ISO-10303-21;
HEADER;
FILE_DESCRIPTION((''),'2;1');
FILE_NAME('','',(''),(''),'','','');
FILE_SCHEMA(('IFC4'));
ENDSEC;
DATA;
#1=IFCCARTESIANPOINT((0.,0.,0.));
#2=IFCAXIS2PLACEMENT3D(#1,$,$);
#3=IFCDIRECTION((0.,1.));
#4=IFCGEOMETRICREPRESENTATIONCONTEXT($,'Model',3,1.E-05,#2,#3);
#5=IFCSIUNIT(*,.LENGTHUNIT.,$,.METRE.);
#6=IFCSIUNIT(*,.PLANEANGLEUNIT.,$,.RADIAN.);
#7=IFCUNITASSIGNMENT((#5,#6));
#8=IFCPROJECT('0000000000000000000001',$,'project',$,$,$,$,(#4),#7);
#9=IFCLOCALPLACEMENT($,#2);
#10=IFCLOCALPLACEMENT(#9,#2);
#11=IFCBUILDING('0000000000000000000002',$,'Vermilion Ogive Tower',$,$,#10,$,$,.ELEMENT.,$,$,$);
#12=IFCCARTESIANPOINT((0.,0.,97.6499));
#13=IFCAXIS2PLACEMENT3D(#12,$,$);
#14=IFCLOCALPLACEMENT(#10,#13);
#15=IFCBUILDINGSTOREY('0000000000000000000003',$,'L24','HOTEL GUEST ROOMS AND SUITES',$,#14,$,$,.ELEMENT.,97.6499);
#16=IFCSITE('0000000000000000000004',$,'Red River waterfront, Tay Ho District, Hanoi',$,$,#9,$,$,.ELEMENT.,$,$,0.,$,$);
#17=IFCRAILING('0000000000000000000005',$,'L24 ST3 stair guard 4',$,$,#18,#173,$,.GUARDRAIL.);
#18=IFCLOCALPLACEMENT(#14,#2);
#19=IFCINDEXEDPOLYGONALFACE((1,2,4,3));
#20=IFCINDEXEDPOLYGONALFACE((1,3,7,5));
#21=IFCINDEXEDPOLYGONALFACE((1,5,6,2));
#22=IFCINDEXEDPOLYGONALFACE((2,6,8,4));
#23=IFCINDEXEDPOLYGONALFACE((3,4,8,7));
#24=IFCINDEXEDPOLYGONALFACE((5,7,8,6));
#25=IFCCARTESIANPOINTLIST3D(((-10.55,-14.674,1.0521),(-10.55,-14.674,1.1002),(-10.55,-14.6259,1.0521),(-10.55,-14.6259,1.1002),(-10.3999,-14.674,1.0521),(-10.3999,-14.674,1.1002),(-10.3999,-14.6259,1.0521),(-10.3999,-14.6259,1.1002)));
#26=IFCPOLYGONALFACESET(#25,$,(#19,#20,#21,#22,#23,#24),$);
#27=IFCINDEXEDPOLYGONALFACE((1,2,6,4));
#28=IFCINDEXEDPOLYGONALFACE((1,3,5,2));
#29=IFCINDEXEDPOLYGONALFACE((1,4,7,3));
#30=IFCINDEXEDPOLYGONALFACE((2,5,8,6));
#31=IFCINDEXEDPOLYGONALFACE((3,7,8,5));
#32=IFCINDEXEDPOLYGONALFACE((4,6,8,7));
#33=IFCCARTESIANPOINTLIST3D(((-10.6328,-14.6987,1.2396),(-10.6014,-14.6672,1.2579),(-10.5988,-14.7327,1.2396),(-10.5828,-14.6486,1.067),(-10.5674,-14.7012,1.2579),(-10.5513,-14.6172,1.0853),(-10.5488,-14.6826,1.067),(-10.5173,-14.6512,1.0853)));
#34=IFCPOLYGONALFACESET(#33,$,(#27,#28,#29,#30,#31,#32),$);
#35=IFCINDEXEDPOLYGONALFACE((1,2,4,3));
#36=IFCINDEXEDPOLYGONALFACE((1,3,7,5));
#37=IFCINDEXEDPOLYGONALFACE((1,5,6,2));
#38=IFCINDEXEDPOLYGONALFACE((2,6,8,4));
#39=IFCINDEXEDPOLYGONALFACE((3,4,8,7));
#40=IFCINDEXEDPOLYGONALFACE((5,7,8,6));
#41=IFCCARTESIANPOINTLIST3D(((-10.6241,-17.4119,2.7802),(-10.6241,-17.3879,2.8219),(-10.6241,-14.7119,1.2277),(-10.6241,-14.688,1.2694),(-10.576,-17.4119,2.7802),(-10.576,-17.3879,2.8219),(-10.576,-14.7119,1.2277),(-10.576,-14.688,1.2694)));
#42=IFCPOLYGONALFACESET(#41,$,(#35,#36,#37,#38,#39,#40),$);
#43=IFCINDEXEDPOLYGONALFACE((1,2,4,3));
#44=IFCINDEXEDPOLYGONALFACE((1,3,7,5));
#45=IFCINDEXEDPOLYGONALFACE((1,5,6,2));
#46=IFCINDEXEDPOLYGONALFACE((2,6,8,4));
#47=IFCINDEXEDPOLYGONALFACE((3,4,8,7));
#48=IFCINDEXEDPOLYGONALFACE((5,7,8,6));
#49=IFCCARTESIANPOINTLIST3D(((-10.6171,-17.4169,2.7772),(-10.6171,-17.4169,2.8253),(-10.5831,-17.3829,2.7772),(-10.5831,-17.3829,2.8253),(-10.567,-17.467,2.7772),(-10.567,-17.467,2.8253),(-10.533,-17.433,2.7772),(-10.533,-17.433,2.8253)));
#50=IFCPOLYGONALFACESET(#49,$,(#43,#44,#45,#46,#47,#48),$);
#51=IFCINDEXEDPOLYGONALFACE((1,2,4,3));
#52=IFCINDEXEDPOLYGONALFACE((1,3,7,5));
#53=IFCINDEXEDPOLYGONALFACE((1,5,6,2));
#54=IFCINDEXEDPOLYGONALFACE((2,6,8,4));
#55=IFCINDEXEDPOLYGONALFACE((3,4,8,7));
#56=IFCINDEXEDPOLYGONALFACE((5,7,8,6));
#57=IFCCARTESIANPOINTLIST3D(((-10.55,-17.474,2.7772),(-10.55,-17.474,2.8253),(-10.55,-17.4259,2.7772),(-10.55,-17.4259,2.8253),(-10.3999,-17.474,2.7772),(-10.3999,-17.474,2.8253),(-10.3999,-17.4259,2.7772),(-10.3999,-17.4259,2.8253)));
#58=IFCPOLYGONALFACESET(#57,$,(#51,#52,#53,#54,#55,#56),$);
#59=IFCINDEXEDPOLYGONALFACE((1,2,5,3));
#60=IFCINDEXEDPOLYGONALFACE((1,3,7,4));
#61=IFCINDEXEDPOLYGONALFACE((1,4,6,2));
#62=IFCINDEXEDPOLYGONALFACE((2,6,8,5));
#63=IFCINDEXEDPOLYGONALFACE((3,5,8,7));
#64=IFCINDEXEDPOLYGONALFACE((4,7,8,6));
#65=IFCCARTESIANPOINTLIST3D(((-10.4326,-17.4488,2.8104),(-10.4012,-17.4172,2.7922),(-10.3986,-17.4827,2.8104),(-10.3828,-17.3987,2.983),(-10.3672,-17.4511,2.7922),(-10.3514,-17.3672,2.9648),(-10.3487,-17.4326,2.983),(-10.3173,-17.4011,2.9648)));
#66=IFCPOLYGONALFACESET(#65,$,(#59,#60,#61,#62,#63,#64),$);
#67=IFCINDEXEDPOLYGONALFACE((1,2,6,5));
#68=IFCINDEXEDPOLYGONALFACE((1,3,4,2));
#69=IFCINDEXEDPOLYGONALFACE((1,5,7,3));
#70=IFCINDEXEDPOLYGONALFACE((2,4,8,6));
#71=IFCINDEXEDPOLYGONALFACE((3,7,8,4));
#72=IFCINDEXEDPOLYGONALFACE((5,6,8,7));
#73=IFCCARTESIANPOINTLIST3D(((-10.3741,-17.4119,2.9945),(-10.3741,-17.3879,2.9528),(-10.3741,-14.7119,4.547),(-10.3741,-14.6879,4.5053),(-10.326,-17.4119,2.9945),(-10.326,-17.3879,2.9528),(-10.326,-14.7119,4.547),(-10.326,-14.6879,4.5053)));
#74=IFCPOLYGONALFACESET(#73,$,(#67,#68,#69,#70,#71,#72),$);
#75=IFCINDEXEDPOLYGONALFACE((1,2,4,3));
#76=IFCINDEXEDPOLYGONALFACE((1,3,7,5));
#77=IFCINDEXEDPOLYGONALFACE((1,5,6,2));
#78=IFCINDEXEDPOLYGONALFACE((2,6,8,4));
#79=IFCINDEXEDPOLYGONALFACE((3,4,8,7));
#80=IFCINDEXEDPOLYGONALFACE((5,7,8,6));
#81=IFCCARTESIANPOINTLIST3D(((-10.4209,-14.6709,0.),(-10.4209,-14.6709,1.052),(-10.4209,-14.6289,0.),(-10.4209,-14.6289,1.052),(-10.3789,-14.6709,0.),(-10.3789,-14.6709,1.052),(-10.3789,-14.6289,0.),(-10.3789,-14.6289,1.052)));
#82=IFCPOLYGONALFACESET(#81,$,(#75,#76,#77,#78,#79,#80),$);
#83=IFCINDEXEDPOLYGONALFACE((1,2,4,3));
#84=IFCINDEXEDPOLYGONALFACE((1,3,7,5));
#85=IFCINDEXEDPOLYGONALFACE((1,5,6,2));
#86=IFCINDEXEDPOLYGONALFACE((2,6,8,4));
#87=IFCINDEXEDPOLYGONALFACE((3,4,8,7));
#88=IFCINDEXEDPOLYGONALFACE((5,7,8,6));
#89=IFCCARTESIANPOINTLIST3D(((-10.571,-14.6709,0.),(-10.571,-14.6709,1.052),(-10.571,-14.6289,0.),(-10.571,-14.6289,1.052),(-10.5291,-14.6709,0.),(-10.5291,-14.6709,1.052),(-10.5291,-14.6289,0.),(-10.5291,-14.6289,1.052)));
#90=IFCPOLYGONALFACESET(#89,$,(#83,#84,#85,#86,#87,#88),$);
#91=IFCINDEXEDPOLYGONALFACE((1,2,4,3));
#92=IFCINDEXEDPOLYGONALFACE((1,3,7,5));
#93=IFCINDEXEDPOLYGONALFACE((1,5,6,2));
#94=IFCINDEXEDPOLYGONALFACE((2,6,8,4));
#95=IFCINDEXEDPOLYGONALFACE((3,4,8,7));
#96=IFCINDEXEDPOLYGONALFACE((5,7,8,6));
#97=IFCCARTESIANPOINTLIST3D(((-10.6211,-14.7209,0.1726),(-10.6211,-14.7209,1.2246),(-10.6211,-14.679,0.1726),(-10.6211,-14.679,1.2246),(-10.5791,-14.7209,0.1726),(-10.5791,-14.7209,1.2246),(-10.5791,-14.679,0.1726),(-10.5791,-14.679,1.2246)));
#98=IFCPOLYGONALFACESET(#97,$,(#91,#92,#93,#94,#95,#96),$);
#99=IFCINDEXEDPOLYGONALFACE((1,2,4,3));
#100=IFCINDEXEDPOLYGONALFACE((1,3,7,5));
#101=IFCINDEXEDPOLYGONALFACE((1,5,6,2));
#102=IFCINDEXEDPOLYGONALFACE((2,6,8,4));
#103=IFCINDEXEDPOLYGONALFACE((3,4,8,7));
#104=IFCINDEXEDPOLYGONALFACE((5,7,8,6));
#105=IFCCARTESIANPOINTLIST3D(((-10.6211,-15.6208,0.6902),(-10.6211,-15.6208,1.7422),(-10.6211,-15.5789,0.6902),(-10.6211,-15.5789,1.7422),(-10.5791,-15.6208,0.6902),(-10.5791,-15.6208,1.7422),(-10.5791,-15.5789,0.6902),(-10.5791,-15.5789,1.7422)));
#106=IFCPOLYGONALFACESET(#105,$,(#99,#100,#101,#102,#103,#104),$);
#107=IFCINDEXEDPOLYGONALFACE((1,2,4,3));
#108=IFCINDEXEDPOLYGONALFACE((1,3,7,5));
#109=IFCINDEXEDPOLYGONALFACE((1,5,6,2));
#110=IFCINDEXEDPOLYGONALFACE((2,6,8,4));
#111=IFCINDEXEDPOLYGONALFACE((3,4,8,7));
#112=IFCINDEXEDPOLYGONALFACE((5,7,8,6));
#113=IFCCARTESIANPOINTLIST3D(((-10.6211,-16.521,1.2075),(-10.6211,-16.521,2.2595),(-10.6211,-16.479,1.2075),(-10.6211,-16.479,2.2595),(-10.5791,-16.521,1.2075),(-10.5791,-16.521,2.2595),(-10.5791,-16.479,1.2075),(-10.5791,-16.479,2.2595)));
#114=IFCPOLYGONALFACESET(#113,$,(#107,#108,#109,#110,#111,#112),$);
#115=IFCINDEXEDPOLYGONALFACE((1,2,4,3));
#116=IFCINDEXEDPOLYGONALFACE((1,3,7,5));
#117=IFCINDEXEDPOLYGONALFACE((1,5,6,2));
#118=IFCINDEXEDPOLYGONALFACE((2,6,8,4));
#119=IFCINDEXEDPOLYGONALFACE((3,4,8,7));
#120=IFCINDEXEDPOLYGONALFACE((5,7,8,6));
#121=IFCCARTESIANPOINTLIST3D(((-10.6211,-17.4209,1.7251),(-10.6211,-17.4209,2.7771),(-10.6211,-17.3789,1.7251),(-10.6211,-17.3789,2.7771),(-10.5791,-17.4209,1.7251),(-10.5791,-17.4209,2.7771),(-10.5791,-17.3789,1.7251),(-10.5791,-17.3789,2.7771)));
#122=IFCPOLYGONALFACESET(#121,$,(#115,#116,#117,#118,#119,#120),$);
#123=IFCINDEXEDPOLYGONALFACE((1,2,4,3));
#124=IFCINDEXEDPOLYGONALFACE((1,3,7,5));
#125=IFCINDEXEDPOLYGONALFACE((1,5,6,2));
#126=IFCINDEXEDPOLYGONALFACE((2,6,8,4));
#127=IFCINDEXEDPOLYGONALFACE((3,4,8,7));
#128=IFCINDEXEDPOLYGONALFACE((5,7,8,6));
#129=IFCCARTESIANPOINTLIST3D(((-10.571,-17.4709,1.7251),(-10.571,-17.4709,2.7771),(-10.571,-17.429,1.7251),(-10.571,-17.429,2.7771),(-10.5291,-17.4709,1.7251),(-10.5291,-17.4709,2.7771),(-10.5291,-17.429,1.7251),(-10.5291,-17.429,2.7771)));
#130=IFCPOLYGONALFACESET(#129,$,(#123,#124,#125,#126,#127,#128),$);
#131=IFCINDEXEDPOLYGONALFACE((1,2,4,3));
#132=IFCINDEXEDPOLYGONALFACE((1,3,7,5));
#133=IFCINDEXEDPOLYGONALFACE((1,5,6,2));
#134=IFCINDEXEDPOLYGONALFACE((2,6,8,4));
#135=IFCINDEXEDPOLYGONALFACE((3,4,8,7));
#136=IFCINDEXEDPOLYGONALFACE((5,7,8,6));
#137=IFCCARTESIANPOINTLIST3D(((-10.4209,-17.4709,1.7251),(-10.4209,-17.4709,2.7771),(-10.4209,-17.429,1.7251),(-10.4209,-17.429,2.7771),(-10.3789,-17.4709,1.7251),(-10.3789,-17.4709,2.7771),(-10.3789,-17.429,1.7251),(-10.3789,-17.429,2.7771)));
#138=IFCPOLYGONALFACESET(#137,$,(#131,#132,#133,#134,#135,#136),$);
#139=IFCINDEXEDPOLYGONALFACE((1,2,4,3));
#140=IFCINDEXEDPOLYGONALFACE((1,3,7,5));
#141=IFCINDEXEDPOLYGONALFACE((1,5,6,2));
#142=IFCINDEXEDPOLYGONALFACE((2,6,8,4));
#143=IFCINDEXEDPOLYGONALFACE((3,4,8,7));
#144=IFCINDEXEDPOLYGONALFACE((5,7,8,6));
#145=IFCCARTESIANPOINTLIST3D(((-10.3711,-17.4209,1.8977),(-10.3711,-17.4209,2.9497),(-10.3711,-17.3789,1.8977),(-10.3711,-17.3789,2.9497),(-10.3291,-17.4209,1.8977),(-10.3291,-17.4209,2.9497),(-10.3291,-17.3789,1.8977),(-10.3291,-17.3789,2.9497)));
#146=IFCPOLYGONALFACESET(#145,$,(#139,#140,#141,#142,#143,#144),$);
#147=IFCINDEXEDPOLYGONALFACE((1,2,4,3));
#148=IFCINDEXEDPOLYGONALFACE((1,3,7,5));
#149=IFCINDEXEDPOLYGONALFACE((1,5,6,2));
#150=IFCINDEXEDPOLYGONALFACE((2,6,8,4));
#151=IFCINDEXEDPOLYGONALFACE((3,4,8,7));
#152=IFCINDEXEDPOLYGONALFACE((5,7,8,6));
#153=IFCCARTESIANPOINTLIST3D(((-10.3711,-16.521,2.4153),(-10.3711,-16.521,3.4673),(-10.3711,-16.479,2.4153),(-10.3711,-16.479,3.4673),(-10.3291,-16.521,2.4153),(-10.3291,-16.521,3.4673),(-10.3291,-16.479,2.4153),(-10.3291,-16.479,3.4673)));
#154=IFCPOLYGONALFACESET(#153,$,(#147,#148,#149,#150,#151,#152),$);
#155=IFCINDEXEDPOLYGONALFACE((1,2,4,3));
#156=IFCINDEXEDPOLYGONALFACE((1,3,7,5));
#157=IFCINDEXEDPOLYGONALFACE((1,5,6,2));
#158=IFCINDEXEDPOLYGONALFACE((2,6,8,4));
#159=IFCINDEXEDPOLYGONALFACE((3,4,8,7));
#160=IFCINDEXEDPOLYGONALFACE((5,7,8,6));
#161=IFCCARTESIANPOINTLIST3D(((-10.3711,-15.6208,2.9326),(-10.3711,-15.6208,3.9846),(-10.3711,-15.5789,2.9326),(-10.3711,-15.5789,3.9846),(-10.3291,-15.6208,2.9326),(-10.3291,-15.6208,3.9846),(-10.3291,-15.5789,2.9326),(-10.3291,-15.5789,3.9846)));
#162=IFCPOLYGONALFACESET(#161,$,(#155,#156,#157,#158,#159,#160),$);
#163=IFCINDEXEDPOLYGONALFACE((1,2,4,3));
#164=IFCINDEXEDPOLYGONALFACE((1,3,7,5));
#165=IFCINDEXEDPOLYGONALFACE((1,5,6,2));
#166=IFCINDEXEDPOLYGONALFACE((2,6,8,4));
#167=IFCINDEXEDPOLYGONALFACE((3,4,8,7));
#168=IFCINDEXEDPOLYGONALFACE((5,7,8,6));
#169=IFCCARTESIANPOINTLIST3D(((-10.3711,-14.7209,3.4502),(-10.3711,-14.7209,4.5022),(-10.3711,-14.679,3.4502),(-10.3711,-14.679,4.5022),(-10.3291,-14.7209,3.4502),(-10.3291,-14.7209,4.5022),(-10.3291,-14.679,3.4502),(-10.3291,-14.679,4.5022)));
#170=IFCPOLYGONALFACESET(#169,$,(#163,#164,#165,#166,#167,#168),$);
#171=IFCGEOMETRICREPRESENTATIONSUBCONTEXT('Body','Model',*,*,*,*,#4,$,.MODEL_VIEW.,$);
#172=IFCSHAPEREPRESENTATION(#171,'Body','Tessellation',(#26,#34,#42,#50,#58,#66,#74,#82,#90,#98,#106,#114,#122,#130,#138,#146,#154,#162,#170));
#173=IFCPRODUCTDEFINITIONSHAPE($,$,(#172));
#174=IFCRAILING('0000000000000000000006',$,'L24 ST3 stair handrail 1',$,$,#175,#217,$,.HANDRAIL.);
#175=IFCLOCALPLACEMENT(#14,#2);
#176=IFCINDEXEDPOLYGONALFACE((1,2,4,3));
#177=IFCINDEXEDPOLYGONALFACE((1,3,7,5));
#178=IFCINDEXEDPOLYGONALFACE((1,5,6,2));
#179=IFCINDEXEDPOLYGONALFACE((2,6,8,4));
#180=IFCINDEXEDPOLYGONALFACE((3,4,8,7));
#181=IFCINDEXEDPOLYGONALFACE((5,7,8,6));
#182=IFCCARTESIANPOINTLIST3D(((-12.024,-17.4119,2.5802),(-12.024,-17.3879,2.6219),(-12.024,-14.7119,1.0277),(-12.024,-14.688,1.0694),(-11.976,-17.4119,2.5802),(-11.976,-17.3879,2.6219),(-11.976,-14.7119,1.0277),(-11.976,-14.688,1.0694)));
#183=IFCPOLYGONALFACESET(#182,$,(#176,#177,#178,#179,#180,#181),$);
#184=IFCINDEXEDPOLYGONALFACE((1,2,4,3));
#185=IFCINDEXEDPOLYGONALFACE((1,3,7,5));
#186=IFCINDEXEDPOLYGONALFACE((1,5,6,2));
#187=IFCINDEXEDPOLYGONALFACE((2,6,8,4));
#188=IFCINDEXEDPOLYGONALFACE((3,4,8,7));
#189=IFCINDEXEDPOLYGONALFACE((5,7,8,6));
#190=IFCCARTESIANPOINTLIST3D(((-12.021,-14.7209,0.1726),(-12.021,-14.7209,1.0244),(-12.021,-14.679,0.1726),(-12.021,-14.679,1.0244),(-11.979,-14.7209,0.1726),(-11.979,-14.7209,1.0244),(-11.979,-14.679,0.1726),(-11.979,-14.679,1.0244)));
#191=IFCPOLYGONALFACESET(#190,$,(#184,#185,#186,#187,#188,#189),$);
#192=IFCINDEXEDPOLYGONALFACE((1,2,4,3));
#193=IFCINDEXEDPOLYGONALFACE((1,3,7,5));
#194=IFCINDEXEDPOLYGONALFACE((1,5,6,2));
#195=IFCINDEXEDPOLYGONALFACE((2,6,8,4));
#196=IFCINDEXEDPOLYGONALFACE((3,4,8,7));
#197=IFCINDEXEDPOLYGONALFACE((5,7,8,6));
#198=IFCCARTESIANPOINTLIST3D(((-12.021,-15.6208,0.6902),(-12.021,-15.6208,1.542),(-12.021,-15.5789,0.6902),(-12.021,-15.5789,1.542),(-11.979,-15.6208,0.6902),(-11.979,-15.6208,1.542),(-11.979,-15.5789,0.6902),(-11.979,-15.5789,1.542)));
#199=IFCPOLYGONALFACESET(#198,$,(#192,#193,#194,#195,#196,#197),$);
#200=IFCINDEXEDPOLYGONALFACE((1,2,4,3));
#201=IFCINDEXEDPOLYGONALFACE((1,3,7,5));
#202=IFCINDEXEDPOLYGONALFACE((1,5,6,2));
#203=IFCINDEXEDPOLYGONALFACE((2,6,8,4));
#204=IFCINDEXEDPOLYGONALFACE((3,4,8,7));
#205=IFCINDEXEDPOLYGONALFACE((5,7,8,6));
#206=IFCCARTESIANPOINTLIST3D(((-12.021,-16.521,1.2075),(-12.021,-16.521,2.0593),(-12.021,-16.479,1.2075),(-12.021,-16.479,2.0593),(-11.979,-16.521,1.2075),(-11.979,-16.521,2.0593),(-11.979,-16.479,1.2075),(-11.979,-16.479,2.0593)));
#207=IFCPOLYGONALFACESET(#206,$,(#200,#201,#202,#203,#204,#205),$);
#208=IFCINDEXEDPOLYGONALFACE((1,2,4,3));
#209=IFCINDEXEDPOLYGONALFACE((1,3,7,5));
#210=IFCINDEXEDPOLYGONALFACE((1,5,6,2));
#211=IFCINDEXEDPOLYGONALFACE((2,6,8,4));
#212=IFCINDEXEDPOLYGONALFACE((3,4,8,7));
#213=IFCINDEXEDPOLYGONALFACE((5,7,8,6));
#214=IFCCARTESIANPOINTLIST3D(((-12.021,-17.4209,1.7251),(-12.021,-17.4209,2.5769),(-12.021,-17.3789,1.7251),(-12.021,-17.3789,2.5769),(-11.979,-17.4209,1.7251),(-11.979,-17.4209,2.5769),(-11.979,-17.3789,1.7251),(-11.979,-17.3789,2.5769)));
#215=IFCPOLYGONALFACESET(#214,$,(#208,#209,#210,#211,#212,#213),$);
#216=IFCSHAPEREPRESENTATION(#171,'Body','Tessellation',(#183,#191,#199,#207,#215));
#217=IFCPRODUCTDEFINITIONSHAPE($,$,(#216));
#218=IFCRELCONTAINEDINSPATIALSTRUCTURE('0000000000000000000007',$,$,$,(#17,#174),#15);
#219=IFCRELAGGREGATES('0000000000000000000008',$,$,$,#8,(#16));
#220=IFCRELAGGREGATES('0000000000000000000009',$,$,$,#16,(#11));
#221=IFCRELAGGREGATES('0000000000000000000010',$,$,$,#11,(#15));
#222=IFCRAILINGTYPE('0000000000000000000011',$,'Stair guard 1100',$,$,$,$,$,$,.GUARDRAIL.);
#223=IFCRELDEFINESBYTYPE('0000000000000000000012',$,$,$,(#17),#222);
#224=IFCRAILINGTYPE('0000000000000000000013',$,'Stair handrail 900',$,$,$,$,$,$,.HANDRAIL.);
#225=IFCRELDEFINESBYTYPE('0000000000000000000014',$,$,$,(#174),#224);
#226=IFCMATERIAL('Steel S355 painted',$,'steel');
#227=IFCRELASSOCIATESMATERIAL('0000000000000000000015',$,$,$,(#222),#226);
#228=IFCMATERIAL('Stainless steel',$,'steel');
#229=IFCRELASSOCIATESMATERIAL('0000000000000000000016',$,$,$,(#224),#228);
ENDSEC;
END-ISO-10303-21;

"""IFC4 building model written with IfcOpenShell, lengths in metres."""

from ifc_helpers import new_model, si_unit, direction, frame, origin, origin_2d, place, context, subcontext, project, spatial, rectangle, extrude, material, type_object, element, save


model = new_model("IFC4")

# Units and contexts
model_context = context("Model", 3, precision=1e-05, world=origin(), true_north=direction((0.0, 1.0)))
body_context = subcontext(model_context, "Body", "Model", "MODEL_VIEW")
ifc_project = project(units=[si_unit("LENGTHUNIT", "METRE"), si_unit("PLANEANGLEUNIT", "RADIAN")], contexts=[model_context])

# Site, building, storey
site_placement = place(None, origin())
site = spatial("IfcSite", under=ifc_project, at=site_placement, Name="Red River waterfront, Tay Ho District, Hanoi", CompositionType="ELEMENT", RefElevation=0.0)
building_placement = place(site_placement, origin())
building = spatial("IfcBuilding", under=site, at=building_placement, Name="Vermilion Ogive Tower", CompositionType="ELEMENT")
storey_placement = place(building_placement, frame((0.0, 0.0, 97.6499)))
storey = spatial("IfcBuildingStorey", under=building, at=storey_placement, Name="L24", Description="HOTEL GUEST ROOMS AND SUITES", CompositionType="ELEMENT", Elevation=97.6499)

# Railings
ifc_material_1 = material(Name="Steel S355 painted", Category="steel")
railing_type_1 = type_object("IfcRailingType", Name="Stair guard 1100", PredefinedType="GUARDRAIL", material=ifc_material_1)
railing_1_placement = place(storey_placement, frame((-10.3999, -14.6499, 0.0)))
element("IfcRailing", 1, at=railing_1_placement, inside=storey, type_object=railing_type_1, Name="L24 ST3 stair guard 4", PredefinedType="GUARDRAIL", context=body_context, shape_type="SweptSolid", body=[
    extrude(rectangle(XDim=0.0481, YDim=0.0481, at=origin_2d()), frame((0.0, 0.0, 1.0762), z_axis=(-1.0, 0.0, 0.0), x_axis=(0.0, -1.0, 0.0)), (0.0, 0.0, 1.0), 0.1501),
    extrude(rectangle(XDim=0.0481, YDim=0.0481, at=origin_2d()), frame((-0.1501, 0.0, 1.0762), z_axis=(-0.268278, -0.268278, 0.925232), x_axis=(0.707107, -0.707107, 0.0)), (0.0, 0.0, 1.0), 0.1865),
    extrude(rectangle(XDim=0.0481, YDim=0.0481, at=origin_2d()), frame((-0.2002, -0.05, 1.2485), z_axis=(0.0, -0.866904, 0.498476), x_axis=(1.0, 0.0, 0.0)), (0.0, 0.0, 1.0), 3.1145),
    extrude(rectangle(XDim=0.0481, YDim=0.0481, at=origin_2d()), frame((-0.2002, -2.75, 2.8013), z_axis=(0.707107, -0.707107, 0.0), x_axis=(0.707107, 0.707107, 0.0)), (0.0, 0.0, 1.0), 0.0708),
    extrude(rectangle(XDim=0.0481, YDim=0.0481, at=origin_2d()), frame((-0.1501, -2.8, 2.8013), z_axis=(1.0, 0.0, 0.0), x_axis=(0.0, 1.0, 0.0)), (0.0, 0.0, 1.0), 0.1501),
    extrude(rectangle(XDim=0.0481, YDim=0.0481, at=origin_2d()), frame((0.0, -2.8, 2.8013), z_axis=(0.267063, 0.268372, 0.925556), x_axis=(-0.708834, 0.705376, 0.0)), (0.0, 0.0, 1.0), 0.1865),
    extrude(rectangle(XDim=0.0481, YDim=0.0481, at=origin_2d()), frame((0.0498, -2.75, 2.9736), z_axis=(0.0, 0.866904, 0.498476), x_axis=(-1.0, 0.0, 0.0)), (0.0, 0.0, 1.0), 3.1145),
    extrude(rectangle(XDim=0.042, YDim=0.042, at=origin_2d()), origin(), (0.0, 0.0, 1.0), 1.052),
    extrude(rectangle(XDim=0.042, YDim=0.042, at=origin_2d()), frame((-0.1501, 0.0, 0.0)), (0.0, 0.0, 1.0), 1.052),
    extrude(rectangle(XDim=0.042, YDim=0.042, at=origin_2d()), frame((-0.2002, -0.05, 0.1726)), (0.0, 0.0, 1.0), 1.052),
    extrude(rectangle(XDim=0.042, YDim=0.042, at=origin_2d()), frame((-0.2002, -0.95, 0.6902)), (0.0, 0.0, 1.0), 1.052),
    extrude(rectangle(XDim=0.042, YDim=0.042, at=origin_2d()), frame((-0.2002, -1.8501, 1.2075)), (0.0, 0.0, 1.0), 1.052),
    extrude(rectangle(XDim=0.042, YDim=0.042, at=origin_2d()), frame((-0.2002, -2.75, 1.7251)), (0.0, 0.0, 1.0), 1.052),
    extrude(rectangle(XDim=0.042, YDim=0.042, at=origin_2d()), frame((-0.1501, -2.8, 1.7251)), (0.0, 0.0, 1.0), 1.052),
    extrude(rectangle(XDim=0.042, YDim=0.042, at=origin_2d()), frame((0.0, -2.8, 1.7251)), (0.0, 0.0, 1.0), 1.052),
    extrude(rectangle(XDim=0.042, YDim=0.042, at=origin_2d()), frame((0.0498, -2.75, 1.8977)), (0.0, 0.0, 1.0), 1.052),
    extrude(rectangle(XDim=0.042, YDim=0.042, at=origin_2d()), frame((0.0498, -1.8501, 2.4153)), (0.0, 0.0, 1.0), 1.052),
    extrude(rectangle(XDim=0.042, YDim=0.042, at=origin_2d()), frame((0.0498, -0.95, 2.9326)), (0.0, 0.0, 1.0), 1.052),
    extrude(rectangle(XDim=0.042, YDim=0.042, at=origin_2d()), frame((0.0498, -0.05, 3.4502)), (0.0, 0.0, 1.0), 1.052),
])
ifc_material_2 = material(Name="Stainless steel", Category="steel")
railing_type_2 = type_object("IfcRailingType", Name="Stair handrail 900", PredefinedType="HANDRAIL", material=ifc_material_2)
railing_2_placement = place(storey_placement, frame((-12.0, -14.7, 0.1726)))
element("IfcRailing", 2, at=railing_2_placement, inside=storey, type_object=railing_type_2, Name="L24 ST3 stair handrail 1", PredefinedType="HANDRAIL", context=body_context, shape_type="SweptSolid", body=[
    extrude(rectangle(XDim=0.0481, YDim=0.0481, at=origin_2d()), frame((0.0, 0.0, 0.876), z_axis=(0.0, -0.866904, 0.498476), x_axis=(1.0, 0.0, 0.0)), (0.0, 0.0, 1.0), 3.1145),
    extrude(rectangle(XDim=0.042, YDim=0.042, at=origin_2d()), origin(), (0.0, 0.0, 1.0), 0.8518),
    extrude(rectangle(XDim=0.042, YDim=0.042, at=origin_2d()), frame((0.0, -0.8999, 0.5176)), (0.0, 0.0, 1.0), 0.8518),
    extrude(rectangle(XDim=0.042, YDim=0.042, at=origin_2d()), frame((0.0, -1.8, 1.0349)), (0.0, 0.0, 1.0), 0.8518),
    extrude(rectangle(XDim=0.042, YDim=0.042, at=origin_2d()), frame((0.0, -2.7, 1.5525)), (0.0, 0.0, 1.0), 0.8518),
])

save(model, "model.ifc")
